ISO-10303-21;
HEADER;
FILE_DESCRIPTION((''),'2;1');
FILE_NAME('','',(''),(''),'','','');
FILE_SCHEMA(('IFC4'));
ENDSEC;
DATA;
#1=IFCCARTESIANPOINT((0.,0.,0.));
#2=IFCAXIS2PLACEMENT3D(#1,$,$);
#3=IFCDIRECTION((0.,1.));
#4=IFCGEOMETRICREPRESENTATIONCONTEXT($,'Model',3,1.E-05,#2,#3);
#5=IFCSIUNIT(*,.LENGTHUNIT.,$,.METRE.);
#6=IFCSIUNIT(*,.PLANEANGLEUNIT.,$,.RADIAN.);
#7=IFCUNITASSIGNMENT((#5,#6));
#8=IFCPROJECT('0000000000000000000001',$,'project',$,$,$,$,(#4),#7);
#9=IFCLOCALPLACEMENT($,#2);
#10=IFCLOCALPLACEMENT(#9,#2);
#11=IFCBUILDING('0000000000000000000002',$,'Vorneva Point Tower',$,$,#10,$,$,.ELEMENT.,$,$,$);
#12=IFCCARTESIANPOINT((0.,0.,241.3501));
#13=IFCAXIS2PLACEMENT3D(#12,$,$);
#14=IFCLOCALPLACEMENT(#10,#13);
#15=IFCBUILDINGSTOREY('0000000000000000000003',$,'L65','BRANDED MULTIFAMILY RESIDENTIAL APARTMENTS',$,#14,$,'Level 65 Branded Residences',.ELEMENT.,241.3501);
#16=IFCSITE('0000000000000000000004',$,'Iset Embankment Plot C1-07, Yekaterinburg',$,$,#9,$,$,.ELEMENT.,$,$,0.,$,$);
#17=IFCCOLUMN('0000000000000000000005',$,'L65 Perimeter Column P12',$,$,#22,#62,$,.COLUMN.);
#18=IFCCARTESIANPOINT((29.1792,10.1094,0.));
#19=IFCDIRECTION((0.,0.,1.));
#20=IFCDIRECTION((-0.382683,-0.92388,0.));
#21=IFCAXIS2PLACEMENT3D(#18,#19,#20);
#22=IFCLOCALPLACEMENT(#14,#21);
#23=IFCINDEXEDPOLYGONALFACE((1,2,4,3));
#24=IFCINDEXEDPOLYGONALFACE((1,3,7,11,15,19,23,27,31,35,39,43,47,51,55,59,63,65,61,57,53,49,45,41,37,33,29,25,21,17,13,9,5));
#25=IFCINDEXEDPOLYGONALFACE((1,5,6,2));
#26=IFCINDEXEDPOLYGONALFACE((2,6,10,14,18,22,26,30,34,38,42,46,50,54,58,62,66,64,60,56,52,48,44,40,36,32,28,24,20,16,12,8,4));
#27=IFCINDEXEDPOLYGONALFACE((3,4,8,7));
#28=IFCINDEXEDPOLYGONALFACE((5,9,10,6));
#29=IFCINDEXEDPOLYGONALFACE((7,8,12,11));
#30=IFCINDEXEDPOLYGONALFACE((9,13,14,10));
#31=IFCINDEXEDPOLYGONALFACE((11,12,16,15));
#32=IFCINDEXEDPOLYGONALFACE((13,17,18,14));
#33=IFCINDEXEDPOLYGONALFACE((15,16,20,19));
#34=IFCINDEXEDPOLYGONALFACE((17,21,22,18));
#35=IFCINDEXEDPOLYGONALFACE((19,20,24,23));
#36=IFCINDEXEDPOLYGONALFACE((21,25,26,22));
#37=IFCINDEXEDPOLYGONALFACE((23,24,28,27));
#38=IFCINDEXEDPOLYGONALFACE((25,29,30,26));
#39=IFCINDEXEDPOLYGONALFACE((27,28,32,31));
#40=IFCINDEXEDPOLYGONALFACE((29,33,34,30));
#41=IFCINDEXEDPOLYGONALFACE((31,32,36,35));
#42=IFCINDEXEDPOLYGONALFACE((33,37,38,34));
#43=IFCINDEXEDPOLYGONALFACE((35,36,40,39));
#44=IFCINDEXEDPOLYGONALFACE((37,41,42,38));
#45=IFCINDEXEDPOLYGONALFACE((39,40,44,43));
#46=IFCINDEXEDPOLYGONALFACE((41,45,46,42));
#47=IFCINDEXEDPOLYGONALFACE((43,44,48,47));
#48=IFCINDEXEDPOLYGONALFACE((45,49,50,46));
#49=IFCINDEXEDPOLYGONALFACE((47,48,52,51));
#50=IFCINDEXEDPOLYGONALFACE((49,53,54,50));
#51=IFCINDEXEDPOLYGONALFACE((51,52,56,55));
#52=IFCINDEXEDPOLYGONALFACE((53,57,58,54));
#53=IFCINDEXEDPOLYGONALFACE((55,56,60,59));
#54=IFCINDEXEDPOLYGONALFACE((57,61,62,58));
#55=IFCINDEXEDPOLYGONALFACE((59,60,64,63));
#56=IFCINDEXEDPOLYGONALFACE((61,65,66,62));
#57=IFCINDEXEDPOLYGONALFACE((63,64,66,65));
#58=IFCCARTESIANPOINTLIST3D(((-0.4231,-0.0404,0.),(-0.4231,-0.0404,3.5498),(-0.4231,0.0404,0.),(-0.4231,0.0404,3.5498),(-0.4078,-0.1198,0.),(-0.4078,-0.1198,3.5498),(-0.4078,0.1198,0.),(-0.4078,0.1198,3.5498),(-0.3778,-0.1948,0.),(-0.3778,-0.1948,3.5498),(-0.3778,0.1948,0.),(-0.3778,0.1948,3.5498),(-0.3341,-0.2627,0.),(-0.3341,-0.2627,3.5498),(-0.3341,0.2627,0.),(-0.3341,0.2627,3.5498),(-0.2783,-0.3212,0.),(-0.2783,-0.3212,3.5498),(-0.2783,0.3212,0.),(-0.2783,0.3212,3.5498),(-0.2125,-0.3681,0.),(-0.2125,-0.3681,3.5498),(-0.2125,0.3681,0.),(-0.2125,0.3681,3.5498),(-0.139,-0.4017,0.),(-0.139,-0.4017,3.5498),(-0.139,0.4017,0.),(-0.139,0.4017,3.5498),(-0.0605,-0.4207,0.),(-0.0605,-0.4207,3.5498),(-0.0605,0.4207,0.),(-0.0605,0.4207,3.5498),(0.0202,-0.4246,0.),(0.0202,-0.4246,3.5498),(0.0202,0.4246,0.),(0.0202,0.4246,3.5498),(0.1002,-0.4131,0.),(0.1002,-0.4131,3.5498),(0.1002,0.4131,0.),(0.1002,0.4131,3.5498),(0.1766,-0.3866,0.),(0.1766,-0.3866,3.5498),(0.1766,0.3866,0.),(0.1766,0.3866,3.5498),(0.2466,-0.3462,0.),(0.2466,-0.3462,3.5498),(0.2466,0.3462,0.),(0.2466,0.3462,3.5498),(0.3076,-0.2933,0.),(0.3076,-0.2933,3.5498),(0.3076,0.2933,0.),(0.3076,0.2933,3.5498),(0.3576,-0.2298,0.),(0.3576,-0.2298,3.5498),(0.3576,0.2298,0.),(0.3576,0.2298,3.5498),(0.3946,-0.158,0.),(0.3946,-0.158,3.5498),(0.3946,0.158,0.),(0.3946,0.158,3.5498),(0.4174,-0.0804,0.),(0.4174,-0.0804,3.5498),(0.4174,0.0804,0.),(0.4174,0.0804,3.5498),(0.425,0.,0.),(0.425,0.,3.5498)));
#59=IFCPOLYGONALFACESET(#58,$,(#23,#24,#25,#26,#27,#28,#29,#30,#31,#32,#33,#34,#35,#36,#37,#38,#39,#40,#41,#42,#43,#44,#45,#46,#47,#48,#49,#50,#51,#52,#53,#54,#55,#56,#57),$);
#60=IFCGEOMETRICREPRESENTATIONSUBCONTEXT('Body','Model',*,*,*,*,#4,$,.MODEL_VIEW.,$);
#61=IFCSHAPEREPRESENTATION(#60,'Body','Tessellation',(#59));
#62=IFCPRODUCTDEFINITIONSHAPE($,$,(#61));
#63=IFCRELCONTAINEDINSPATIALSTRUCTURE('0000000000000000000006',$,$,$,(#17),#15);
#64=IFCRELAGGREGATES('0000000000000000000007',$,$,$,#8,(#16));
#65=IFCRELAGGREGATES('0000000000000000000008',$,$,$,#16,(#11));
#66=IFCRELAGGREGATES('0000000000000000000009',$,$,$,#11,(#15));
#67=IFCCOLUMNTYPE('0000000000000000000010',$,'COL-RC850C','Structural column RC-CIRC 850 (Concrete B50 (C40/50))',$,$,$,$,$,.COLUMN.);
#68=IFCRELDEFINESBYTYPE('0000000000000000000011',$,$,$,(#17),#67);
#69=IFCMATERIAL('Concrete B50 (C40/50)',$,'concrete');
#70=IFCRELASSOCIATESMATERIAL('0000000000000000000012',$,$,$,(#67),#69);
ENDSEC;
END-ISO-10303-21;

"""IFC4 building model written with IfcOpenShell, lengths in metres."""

from ifc_helpers import new_model, si_unit, direction, frame, origin, origin_2d, place, context, subcontext, project, spatial, circle, extrude, material, material_profile, profile_set, type_object, element, save


model = new_model("IFC4")

# Units and contexts
model_context = context("Model", 3, precision=1e-05, world=origin(), true_north=direction((0.0, 1.0)))
body_context = subcontext(model_context, "Body", "Model", "MODEL_VIEW")
ifc_project = project(units=[si_unit("LENGTHUNIT", "METRE"), si_unit("PLANEANGLEUNIT", "RADIAN")], contexts=[model_context])

# Site, building, storey
site_placement = place(None, origin())
site = spatial("IfcSite", under=ifc_project, at=site_placement, Name="Iset Embankment Plot C1-07, Yekaterinburg", CompositionType="ELEMENT", RefElevation=0.0)
building_placement = place(site_placement, origin())
building = spatial("IfcBuilding", under=site, at=building_placement, Name="Vorneva Point Tower", CompositionType="ELEMENT")
storey_placement = place(building_placement, frame((0.0, 0.0, 241.3501)))
storey = spatial("IfcBuildingStorey", under=building, at=storey_placement, Name="L65", Description="BRANDED MULTIFAMILY RESIDENTIAL APARTMENTS", LongName="Level 65 Branded Residences", CompositionType="ELEMENT", Elevation=241.3501)

# Column
ifc_material_1 = material(Name="Concrete B50 (C40/50)", Category="concrete")
ifc_material_profile_1 = material_profile(ifc_material_1, circle(Radius=0.425, at=origin_2d()), Name="RC-CIRC 850")
ifc_profile_set_1 = profile_set([ifc_material_profile_1], Name="Concrete B50 (C40/50)")
column_type_1 = type_object("IfcColumnType", Name="COL-RC850C", Description="Structural column RC-CIRC 850 (Concrete B50 (C40/50))", PredefinedType="COLUMN", material=ifc_profile_set_1)
column_1_placement = place(storey_placement, frame((29.1792, 10.1094, 0.0), z_axis=(0.0, 0.0, 1.0), x_axis=(-0.382683, -0.92388, 0.0)))
element("IfcColumn", 1, at=column_1_placement, inside=storey, type_object=column_type_1, Name="L65 Perimeter Column P12", PredefinedType="COLUMN", context=body_context, shape_type="SweptSolid", body=[
    extrude(circle(Radius=0.425, at=origin_2d()), origin(), (0.0, 0.0, 1.0), 3.5498),
])

save(model, "model.ifc")
